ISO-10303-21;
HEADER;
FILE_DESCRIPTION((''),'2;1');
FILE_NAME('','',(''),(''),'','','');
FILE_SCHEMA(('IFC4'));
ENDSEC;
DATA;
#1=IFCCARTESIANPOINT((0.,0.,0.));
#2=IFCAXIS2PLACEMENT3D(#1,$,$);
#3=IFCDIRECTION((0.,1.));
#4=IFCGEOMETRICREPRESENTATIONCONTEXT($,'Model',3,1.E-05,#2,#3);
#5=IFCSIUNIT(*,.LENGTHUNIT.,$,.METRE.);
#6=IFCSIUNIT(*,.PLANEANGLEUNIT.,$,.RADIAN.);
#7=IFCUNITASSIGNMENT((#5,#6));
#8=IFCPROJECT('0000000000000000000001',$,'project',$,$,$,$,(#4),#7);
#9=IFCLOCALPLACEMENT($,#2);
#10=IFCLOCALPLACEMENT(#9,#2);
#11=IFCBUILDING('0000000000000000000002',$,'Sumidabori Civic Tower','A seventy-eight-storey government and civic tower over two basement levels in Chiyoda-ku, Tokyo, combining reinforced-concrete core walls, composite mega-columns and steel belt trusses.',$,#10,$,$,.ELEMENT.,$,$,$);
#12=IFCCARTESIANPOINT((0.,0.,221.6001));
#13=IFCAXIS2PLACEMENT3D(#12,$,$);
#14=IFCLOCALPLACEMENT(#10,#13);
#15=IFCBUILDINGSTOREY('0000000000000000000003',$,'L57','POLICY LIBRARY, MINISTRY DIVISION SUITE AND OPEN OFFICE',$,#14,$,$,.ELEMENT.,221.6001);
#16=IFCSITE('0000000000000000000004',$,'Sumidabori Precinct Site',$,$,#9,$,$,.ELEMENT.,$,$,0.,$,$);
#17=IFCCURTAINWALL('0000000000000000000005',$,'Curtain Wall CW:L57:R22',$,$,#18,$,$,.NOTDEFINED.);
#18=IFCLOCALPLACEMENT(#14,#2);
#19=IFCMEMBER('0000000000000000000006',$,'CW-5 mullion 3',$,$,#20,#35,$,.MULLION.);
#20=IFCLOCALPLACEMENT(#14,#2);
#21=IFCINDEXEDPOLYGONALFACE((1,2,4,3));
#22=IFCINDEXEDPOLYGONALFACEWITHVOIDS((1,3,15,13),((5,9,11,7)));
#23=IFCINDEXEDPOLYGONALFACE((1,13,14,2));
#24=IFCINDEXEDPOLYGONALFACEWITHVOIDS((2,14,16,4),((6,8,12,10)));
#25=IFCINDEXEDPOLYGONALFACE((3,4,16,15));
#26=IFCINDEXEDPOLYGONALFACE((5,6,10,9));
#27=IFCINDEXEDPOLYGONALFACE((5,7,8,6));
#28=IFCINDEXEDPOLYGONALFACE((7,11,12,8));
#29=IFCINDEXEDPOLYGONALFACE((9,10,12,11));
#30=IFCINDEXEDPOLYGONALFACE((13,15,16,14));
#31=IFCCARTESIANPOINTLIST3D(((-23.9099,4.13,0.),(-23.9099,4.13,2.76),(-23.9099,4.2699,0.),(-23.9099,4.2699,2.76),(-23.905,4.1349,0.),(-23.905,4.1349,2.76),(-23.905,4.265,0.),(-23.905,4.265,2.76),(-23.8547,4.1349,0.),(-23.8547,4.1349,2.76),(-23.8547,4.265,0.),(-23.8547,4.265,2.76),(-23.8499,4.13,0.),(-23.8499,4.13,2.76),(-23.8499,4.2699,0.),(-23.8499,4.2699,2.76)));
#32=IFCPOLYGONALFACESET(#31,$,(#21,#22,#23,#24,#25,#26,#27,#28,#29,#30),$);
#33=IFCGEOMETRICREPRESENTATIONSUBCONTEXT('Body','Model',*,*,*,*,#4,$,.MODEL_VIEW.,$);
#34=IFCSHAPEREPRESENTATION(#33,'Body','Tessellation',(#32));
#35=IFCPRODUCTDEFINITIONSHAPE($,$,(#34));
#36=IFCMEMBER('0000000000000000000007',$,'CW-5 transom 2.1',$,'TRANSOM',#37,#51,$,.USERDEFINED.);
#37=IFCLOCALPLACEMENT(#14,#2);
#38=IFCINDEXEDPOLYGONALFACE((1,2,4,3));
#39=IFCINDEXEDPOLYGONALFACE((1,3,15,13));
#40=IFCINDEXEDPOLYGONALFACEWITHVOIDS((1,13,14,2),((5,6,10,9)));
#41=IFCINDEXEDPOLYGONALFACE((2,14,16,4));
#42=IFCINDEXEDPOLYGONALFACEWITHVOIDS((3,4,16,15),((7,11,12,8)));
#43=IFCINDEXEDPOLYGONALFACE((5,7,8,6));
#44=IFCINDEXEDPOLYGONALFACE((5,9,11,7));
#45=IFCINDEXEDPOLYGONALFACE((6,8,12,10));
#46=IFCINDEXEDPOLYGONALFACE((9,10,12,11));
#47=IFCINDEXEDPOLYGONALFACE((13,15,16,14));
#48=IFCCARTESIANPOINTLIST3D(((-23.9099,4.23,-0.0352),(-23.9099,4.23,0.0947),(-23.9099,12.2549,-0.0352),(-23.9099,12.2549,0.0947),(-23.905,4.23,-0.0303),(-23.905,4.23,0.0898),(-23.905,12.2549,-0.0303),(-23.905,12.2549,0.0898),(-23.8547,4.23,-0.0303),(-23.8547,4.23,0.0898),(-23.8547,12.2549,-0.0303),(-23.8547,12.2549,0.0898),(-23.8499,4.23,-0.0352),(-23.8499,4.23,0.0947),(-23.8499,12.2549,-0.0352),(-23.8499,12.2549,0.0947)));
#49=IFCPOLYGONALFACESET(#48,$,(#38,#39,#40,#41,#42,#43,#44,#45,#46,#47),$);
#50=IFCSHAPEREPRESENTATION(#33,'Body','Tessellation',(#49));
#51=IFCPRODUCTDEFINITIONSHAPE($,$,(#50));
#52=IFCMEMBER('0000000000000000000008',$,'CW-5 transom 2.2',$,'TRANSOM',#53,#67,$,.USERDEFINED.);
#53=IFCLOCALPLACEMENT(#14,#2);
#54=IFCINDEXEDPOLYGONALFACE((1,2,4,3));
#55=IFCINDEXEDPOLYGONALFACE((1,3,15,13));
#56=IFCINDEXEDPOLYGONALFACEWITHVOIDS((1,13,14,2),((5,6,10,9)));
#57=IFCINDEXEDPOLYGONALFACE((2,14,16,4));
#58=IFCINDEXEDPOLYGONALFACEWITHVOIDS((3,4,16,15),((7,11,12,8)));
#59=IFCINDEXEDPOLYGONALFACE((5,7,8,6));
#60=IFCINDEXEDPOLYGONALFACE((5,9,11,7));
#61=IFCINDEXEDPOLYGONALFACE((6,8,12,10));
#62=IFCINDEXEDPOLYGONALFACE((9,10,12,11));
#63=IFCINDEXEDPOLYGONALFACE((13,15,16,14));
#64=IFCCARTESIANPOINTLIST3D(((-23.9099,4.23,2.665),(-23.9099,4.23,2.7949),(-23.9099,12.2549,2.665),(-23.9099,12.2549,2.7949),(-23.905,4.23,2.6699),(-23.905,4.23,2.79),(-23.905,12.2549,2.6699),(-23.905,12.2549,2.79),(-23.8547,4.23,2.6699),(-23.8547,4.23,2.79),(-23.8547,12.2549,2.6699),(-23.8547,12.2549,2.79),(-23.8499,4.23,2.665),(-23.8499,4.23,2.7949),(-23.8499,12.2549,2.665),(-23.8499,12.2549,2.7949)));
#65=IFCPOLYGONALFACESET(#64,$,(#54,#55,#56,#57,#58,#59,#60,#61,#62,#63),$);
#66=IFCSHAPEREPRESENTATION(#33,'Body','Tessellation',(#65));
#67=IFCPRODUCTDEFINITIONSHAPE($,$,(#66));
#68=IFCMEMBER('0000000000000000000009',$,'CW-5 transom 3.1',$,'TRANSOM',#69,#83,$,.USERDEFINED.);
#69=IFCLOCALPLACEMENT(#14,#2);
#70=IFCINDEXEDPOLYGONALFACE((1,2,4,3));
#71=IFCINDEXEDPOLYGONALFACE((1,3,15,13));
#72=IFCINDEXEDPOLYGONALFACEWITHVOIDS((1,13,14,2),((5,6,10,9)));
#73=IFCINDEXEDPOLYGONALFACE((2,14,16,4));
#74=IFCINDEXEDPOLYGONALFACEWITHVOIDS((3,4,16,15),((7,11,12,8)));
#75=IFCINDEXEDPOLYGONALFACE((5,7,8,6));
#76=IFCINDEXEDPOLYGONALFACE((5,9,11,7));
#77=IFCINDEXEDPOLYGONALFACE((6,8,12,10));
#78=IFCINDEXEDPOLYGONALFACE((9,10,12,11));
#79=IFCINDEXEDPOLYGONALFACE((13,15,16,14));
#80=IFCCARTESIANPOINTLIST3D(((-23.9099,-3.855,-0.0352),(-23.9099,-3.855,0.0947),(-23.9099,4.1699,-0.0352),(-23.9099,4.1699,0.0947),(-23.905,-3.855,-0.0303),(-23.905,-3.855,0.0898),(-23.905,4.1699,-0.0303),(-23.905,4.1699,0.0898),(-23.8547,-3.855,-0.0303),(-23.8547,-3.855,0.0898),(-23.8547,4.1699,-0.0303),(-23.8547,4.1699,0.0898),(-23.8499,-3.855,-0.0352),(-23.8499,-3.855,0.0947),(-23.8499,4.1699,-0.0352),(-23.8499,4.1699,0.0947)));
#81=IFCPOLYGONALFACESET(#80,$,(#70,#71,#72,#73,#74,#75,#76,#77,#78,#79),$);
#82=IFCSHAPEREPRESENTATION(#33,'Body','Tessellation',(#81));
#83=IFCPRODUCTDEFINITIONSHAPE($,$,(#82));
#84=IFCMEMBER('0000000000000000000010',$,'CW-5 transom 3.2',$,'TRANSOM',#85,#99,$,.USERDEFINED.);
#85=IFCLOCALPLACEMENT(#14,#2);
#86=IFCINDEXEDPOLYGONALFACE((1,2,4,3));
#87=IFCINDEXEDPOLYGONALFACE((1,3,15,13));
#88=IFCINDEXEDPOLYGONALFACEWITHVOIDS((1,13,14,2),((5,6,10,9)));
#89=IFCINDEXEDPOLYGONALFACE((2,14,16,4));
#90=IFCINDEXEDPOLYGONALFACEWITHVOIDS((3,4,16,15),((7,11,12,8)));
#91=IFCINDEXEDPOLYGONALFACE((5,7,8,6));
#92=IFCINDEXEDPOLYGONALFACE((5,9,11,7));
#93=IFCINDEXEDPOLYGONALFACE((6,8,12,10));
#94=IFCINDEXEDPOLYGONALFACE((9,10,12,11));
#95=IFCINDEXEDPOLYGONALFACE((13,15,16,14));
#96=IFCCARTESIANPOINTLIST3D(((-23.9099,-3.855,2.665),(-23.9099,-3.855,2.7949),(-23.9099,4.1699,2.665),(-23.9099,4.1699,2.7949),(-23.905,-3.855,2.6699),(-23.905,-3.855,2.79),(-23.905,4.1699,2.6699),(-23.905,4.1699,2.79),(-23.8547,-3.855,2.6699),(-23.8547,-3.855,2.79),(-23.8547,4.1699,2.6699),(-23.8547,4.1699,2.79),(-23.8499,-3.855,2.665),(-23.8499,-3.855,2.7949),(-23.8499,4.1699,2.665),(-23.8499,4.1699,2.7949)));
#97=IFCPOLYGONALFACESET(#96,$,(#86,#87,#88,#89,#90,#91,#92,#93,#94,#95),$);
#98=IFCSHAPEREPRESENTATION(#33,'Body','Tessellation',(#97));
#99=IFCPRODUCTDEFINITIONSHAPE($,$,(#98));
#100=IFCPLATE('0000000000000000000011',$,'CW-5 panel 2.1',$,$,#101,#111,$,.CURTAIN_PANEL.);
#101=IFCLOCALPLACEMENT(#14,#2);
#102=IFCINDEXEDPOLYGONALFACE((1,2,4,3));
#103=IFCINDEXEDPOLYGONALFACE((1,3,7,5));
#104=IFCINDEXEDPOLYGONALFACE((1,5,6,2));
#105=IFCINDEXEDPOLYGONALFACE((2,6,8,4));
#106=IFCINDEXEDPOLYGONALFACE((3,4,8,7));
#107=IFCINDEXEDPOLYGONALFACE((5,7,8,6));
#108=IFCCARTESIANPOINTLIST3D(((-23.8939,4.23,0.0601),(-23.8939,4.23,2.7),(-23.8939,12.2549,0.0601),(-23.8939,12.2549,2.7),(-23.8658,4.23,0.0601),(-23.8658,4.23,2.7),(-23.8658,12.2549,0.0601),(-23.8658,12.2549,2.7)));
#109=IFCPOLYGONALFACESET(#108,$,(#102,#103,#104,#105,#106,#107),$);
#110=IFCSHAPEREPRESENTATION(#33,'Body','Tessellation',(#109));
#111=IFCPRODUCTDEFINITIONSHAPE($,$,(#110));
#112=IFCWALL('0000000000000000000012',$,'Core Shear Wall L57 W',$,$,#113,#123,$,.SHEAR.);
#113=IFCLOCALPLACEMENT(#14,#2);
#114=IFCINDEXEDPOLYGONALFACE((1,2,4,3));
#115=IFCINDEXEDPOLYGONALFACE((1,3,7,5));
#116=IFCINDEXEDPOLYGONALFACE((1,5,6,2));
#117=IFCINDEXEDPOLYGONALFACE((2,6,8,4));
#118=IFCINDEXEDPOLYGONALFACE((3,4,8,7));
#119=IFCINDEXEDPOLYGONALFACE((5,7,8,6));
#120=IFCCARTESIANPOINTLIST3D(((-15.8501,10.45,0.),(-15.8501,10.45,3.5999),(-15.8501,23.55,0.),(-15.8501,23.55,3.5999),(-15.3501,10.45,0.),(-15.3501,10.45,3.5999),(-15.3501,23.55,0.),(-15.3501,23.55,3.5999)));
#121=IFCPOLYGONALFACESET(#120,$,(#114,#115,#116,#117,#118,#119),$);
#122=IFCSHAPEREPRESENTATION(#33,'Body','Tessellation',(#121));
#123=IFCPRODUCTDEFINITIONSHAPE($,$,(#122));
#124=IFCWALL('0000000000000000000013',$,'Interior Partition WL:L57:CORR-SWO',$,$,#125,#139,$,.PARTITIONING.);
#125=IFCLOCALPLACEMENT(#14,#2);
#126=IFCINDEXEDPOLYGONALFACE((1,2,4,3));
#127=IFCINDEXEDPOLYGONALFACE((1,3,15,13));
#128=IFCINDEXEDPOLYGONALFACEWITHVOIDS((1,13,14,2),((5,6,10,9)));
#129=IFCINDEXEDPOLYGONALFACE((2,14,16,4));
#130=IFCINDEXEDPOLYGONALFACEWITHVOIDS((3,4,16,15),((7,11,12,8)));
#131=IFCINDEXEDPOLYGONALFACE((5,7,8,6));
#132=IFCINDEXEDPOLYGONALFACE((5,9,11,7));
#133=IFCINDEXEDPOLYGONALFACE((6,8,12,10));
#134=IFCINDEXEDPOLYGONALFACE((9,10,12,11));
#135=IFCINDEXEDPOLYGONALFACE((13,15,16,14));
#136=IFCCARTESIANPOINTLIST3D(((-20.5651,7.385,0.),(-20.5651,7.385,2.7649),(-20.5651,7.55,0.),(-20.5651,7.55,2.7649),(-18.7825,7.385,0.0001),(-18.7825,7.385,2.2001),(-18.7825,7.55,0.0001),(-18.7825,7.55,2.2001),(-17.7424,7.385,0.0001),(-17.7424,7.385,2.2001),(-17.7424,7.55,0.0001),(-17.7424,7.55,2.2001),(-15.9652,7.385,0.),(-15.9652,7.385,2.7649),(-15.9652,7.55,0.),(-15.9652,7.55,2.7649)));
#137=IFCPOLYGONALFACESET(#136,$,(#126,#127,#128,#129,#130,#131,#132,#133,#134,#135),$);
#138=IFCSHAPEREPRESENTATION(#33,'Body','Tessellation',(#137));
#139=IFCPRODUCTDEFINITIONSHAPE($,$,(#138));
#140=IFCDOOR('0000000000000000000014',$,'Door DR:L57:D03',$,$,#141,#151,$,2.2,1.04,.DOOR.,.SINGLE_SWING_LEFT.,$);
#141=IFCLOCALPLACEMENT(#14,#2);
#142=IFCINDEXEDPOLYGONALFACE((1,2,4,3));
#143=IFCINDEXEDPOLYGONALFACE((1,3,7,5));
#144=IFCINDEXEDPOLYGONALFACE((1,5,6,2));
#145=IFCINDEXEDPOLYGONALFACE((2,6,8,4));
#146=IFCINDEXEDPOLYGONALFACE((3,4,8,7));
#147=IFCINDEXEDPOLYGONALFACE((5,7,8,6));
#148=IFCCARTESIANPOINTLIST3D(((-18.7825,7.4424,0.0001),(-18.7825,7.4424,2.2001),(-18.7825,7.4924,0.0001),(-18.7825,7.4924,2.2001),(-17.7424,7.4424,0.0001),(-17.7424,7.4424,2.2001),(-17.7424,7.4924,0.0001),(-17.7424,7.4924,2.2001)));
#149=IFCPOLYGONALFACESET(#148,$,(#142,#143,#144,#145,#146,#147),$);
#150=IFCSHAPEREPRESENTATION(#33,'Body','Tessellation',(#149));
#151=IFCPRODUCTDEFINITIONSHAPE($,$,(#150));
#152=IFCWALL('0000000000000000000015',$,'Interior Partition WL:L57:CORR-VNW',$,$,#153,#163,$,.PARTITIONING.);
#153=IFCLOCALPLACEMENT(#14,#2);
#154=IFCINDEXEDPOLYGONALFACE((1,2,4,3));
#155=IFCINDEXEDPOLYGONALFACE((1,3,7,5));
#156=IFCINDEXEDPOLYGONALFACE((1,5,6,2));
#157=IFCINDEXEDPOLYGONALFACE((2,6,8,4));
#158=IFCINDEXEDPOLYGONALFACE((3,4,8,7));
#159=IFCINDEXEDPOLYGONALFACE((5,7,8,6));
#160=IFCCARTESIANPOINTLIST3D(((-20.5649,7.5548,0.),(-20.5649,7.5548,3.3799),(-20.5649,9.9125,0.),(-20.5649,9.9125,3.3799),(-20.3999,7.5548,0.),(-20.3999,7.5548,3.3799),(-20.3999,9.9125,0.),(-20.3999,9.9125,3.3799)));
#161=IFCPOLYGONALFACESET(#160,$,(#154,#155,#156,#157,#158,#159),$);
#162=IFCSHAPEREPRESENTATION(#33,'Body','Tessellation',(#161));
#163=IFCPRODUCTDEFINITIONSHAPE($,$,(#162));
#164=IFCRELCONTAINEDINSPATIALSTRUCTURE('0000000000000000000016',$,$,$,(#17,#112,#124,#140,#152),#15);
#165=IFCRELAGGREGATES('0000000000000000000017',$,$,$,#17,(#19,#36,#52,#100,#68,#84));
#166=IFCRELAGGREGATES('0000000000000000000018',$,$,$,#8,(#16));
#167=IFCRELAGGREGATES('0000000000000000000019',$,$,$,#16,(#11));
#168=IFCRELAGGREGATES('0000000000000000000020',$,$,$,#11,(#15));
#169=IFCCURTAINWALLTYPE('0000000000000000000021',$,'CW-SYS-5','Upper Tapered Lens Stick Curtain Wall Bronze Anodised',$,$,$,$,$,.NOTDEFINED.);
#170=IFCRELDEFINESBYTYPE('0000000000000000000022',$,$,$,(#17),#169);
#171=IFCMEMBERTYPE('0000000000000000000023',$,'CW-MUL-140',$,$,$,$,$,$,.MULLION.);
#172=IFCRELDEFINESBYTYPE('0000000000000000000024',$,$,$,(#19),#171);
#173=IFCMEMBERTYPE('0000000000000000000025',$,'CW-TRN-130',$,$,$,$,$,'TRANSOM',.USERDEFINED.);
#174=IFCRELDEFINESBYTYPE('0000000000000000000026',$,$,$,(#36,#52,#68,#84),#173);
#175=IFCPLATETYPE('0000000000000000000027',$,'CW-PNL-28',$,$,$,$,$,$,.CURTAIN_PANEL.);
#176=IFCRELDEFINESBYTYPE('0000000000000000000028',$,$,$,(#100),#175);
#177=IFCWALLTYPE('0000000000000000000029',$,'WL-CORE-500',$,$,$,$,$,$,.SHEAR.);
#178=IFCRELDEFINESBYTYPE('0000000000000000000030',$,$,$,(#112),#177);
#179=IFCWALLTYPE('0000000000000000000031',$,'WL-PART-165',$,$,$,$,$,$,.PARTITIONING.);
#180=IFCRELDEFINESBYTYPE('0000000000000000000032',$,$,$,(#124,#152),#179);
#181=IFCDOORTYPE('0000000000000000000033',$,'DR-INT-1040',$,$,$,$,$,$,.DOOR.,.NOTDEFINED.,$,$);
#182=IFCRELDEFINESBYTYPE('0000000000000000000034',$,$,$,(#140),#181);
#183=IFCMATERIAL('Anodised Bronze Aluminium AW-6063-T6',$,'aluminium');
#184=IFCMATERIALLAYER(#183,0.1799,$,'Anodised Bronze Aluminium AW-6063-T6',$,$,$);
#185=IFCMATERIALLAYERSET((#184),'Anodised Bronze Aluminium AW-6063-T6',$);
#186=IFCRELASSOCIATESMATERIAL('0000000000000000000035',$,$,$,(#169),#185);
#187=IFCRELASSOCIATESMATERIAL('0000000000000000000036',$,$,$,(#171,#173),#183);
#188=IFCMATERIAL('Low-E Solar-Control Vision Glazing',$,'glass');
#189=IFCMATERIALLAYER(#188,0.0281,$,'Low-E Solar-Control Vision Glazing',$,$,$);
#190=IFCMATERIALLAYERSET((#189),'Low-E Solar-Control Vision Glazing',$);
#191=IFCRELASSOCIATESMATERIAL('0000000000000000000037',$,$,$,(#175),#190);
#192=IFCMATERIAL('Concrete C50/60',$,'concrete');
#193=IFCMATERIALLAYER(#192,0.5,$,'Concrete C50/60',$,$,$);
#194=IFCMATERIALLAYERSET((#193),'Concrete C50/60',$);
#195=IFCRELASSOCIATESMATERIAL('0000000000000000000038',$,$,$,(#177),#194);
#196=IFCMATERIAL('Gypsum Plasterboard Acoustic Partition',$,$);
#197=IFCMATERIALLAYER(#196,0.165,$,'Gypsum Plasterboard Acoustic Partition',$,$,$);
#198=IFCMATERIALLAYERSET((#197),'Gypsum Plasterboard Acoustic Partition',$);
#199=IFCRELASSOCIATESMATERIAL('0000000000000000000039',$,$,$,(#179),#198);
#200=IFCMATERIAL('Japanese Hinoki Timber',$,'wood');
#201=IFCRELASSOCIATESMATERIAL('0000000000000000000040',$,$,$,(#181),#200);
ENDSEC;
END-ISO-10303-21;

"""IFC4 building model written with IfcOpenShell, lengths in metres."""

from ifc_helpers import new_model, si_unit, direction, frame, frame_2d, origin, origin_2d, place, context, subcontext, project, spatial, rectangle, hollow_rectangle, extrude, source, transform, mapped, material, layer, layer_set, material_profile, profile_set, type_object, element, fill, aggregate, save


model = new_model("IFC4")

# Units and contexts
model_context = context("Model", 3, precision=1e-05, world=origin(), true_north=direction((0.0, 1.0)))
body_context = subcontext(model_context, "Body", "Model", "MODEL_VIEW")
ifc_project = project(units=[si_unit("LENGTHUNIT", "METRE"), si_unit("PLANEANGLEUNIT", "RADIAN")], contexts=[model_context])

# Site, building, storey
site_placement = place(None, origin())
site = spatial("IfcSite", under=ifc_project, at=site_placement, Name="Sumidabori Precinct Site", CompositionType="ELEMENT", RefElevation=0.0)
building_placement = place(site_placement, origin())
building = spatial("IfcBuilding", under=site, at=building_placement, Name="Sumidabori Civic Tower", Description="A seventy-eight-storey government and civic tower over two basement levels in Chiyoda-ku, Tokyo, combining reinforced-concrete core walls, composite mega-columns and steel belt trusses.", CompositionType="ELEMENT")
storey_placement = place(building_placement, frame((0.0, 0.0, 221.6001)))
storey = spatial("IfcBuildingStorey", under=building, at=storey_placement, Name="L57", Description="POLICY LIBRARY, MINISTRY DIVISION SUITE AND OPEN OFFICE", CompositionType="ELEMENT", Elevation=221.6001)

# Curtain wall, members, plate
ifc_material_1 = material(Name="Anodised Bronze Aluminium AW-6063-T6", Category="aluminium")
ifc_layer_1 = layer(ifc_material_1, 0.1799, Name="Anodised Bronze Aluminium AW-6063-T6")
ifc_layer_set_1 = layer_set([ifc_layer_1], Name="Anodised Bronze Aluminium AW-6063-T6")
curtain_wall_type = type_object("IfcCurtainWallType", Name="CW-SYS-5", Description="Upper Tapered Lens Stick Curtain Wall Bronze Anodised", PredefinedType="NOTDEFINED", material=ifc_layer_set_1)
curtain_wall_placement = place(storey_placement, origin())
curtain_wall = element("IfcCurtainWall", 1, at=curtain_wall_placement, inside=storey, type_object=curtain_wall_type, Name="Curtain Wall CW:L57:R22", PredefinedType="NOTDEFINED")
ifc_material_profile_1 = material_profile(ifc_material_1, hollow_rectangle(XDim=0.0601, YDim=0.1399, WallThickness=0.0049, at=origin_2d()), Name="ALU MULLION 140x60")
ifc_profile_set_1 = profile_set([ifc_material_profile_1], Name="Anodised Bronze Aluminium AW-6063-T6")
member_type_1 = type_object("IfcMemberType", Name="CW-MUL-140", PredefinedType="MULLION", material=ifc_profile_set_1)
shared_shape_1 = source(origin(), body_context, "Body", "SweptSolid", [
    extrude(hollow_rectangle(XDim=0.0601, YDim=0.1399, WallThickness=0.0049, at=origin_2d()), origin(), (0.0, 0.0, 1.0), 2.76),
])
member_1_placement = place(storey_placement, frame((-23.8799, 4.2, 0.0), z_axis=(0.0, 0.0, 1.0), x_axis=(1.0, 0.0, 0.0)))
member_1 = element("IfcMember", 2, at=member_1_placement, type_object=member_type_1, Name="CW-5 mullion 3", PredefinedType="MULLION", context=body_context, shape_type="MappedRepresentation", body=[
    mapped(shared_shape_1, transform((0.0, 0.0, 0.0), x_axis=(1.0, 0.0, 0.0), y_axis=(0.0, 1.0, 0.0), z_axis=(0.0, 0.0, 1.0), scale=1.0)),
])
ifc_material_profile_2 = material_profile(ifc_material_1, hollow_rectangle(XDim=0.0601, YDim=0.1299, WallThickness=0.0049, at=origin_2d()), Name="ALU TRANSOM 130x60")
ifc_profile_set_2 = profile_set([ifc_material_profile_2], Name="Anodised Bronze Aluminium AW-6063-T6")
member_type_2 = type_object("IfcMemberType", Name="CW-TRN-130", ElementType="TRANSOM", PredefinedType="USERDEFINED", material=ifc_profile_set_2)
shared_shape_2 = source(origin(), body_context, "Body", "SweptSolid", [
    extrude(hollow_rectangle(XDim=0.0601, YDim=0.1299, WallThickness=0.0049, at=origin_2d()), origin(), (0.0, 0.0, 1.0), 8.0249),
])
member_2_placement = place(storey_placement, frame((-23.8799, 12.2549, 0.0298), z_axis=(0.0, -1.0, 0.0), x_axis=(1.0, 0.0, 0.0)))
member_2 = element("IfcMember", 3, at=member_2_placement, type_object=member_type_2, Name="CW-5 transom 2.1", ObjectType="TRANSOM", PredefinedType="USERDEFINED", context=body_context, shape_type="MappedRepresentation", body=[
    mapped(shared_shape_2, transform((0.0, 0.0, 0.0), x_axis=(1.0, 0.0, 0.0), y_axis=(0.0, 1.0, 0.0), z_axis=(0.0, 0.0, 1.0), scale=1.0)),
])
member_3_placement = place(storey_placement, frame((-23.8799, 12.2549, 2.73), z_axis=(0.0, -1.0, 0.0), x_axis=(1.0, 0.0, 0.0)))
member_3 = element("IfcMember", 4, at=member_3_placement, type_object=member_type_2, Name="CW-5 transom 2.2", ObjectType="TRANSOM", PredefinedType="USERDEFINED", context=body_context, shape_type="MappedRepresentation", body=[
    mapped(shared_shape_2, transform((0.0, 0.0, 0.0), x_axis=(1.0, 0.0, 0.0), y_axis=(0.0, 1.0, 0.0), z_axis=(0.0, 0.0, 1.0), scale=1.0)),
])
member_4_placement = place(storey_placement, frame((-23.8799, 4.1699, 0.0298), z_axis=(0.0, -1.0, 0.0), x_axis=(1.0, 0.0, 0.0)))
member_4 = element("IfcMember", 5, at=member_4_placement, type_object=member_type_2, Name="CW-5 transom 3.1", ObjectType="TRANSOM", PredefinedType="USERDEFINED", context=body_context, shape_type="MappedRepresentation", body=[
    mapped(shared_shape_2, transform((0.0, 0.0, 0.0), x_axis=(1.0, 0.0, 0.0), y_axis=(0.0, 1.0, 0.0), z_axis=(0.0, 0.0, 1.0), scale=1.0)),
])
member_5_placement = place(storey_placement, frame((-23.8799, 4.1699, 2.73), z_axis=(0.0, -1.0, 0.0), x_axis=(1.0, 0.0, 0.0)))
member_5 = element("IfcMember", 6, at=member_5_placement, type_object=member_type_2, Name="CW-5 transom 3.2", ObjectType="TRANSOM", PredefinedType="USERDEFINED", context=body_context, shape_type="MappedRepresentation", body=[
    mapped(shared_shape_2, transform((0.0, 0.0, 0.0), x_axis=(1.0, 0.0, 0.0), y_axis=(0.0, 1.0, 0.0), z_axis=(0.0, 0.0, 1.0), scale=1.0)),
])
ifc_material_2 = material(Name="Low-E Solar-Control Vision Glazing", Category="glass")
ifc_layer_2 = layer(ifc_material_2, 0.0281, Name="Low-E Solar-Control Vision Glazing")
ifc_layer_set_2 = layer_set([ifc_layer_2], Name="Low-E Solar-Control Vision Glazing")
plate_type = type_object("IfcPlateType", Name="CW-PNL-28", PredefinedType="CURTAIN_PANEL", material=ifc_layer_set_2)
shared_shape_3 = source(origin(), body_context, "Body", "SweptSolid", [
    extrude(rectangle(XDim=8.0249, YDim=0.0281, at=origin_2d()), origin(), (0.0, 0.0, 1.0), 2.6399),
])
plate_placement = place(storey_placement, frame((-23.8799, 8.2424, 0.0601), z_axis=(0.0, 0.0, 1.0), x_axis=(0.0, -1.0, 0.0)))
plate = element("IfcPlate", 7, at=plate_placement, type_object=plate_type, Name="CW-5 panel 2.1", PredefinedType="CURTAIN_PANEL", context=body_context, shape_type="MappedRepresentation", body=[
    mapped(shared_shape_3, transform((0.0, 0.0, 0.0), x_axis=(1.0, 0.0, 0.0), y_axis=(0.0, 1.0, 0.0), z_axis=(0.0, 0.0, 1.0), scale=1.0)),
])
aggregate(curtain_wall, [member_1, member_2, member_3, plate, member_4, member_5])

# Shared definitions
ifc_material_3 = material(Name="Concrete C50/60", Category="concrete")
ifc_layer_3 = layer(ifc_material_3, 0.5, Name="Concrete C50/60")
ifc_layer_set_3 = layer_set([ifc_layer_3], Name="Concrete C50/60")
wall_type_1 = type_object("IfcWallType", Name="WL-CORE-500", PredefinedType="SHEAR", material=ifc_layer_set_3)

# Wall
shared_shape_4 = source(origin(), body_context, "Body", "SweptSolid", [
    extrude(rectangle(XDim=13.1001, YDim=0.5, at=frame_2d((6.55, 0.0))), origin(), (0.0, 0.0, 1.0), 3.5999),
])
wall_1_placement = place(storey_placement, frame((-15.6001, 10.45, 0.0), z_axis=(0.0, 0.0, 1.0), x_axis=(0.0, 1.0, 0.0)))
element("IfcWall", 8, at=wall_1_placement, inside=storey, type_object=wall_type_1, Name="Core Shear Wall L57 W", PredefinedType="SHEAR", context=body_context, shape_type="MappedRepresentation", body=[
    mapped(shared_shape_4, transform((0.0, 0.0, 0.0), x_axis=(1.0, 0.0, 0.0), y_axis=(0.0, 1.0, 0.0), z_axis=(0.0, 0.0, 1.0), scale=1.0)),
])

# Wall, opening, door
ifc_material_4 = material(Name="Gypsum Plasterboard Acoustic Partition")
ifc_layer_4 = layer(ifc_material_4, 0.165, Name="Gypsum Plasterboard Acoustic Partition")
ifc_layer_set_4 = layer_set([ifc_layer_4], Name="Gypsum Plasterboard Acoustic Partition")
wall_type_2 = type_object("IfcWallType", Name="WL-PART-165", PredefinedType="PARTITIONING", material=ifc_layer_set_4)
shared_shape_5 = source(origin(), body_context, "Body", "SweptSolid", [
    extrude(rectangle(XDim=4.5999, YDim=0.165, at=frame_2d((2.2998, 0.0))), origin(), (0.0, 0.0, 1.0), 2.7649),
])
wall_2_placement = place(storey_placement, frame((-20.5649, 7.4675, 0.0), z_axis=(0.0, 0.0, 1.0), x_axis=(1.0, 0.0, 0.0)))
wall_2 = element("IfcWall", 9, at=wall_2_placement, inside=storey, type_object=wall_type_2, Name="Interior Partition WL:L57:CORR-SWO", PredefinedType="PARTITIONING", context=body_context, shape_type="MappedRepresentation", body=[
    mapped(shared_shape_5, transform((0.0, 0.0, 0.0), x_axis=(1.0, 0.0, 0.0), y_axis=(0.0, 1.0, 0.0), z_axis=(0.0, 0.0, 1.0), scale=1.0)),
])
opening_1_placement = place(wall_2_placement, frame((1.7825, 0.0, 0.0)))
opening_1 = element("IfcOpeningElement", 10, at=opening_1_placement, cuts=wall_2, PredefinedType="OPENING", context=body_context, shape_type="SweptSolid", body=[
    extrude(rectangle(XDim=1.04, YDim=2.2, at=frame_2d((0.52, 1.1001))), frame((0.0, 0.0945, 0.0), z_axis=(0.0, -1.0, 0.0), x_axis=(1.0, 0.0, 0.0)), (0.0, 0.0, 1.0), 0.189),
])
ifc_material_5 = material(Name="Japanese Hinoki Timber", Category="wood")
door_type_1 = type_object("IfcDoorType", Name="DR-INT-1040", OperationType="NOTDEFINED", PredefinedType="DOOR", material=ifc_material_5)
shared_shape_6 = source(origin(), body_context, "Body", "SweptSolid", [
    extrude(rectangle(XDim=1.04, YDim=2.2, at=frame_2d((0.52, 1.1001))), frame((0.0, 0.0249, 0.0), z_axis=(0.0, -1.0, 0.0), x_axis=(1.0, 0.0, 0.0)), (0.0, 0.0, 1.0), 0.05),
])
door_1_placement = place(opening_1_placement, origin())
door_1 = element("IfcDoor", 11, at=door_1_placement, inside=storey, type_object=door_type_1, Name="Door DR:L57:D03", OperationType="SINGLE_SWING_LEFT", OverallHeight=2.2, OverallWidth=1.04, PredefinedType="DOOR", context=body_context, shape_type="MappedRepresentation", body=[
    mapped(shared_shape_6, transform((0.0, 0.0, 0.0), x_axis=(1.0, 0.0, 0.0), y_axis=(0.0, 1.0, 0.0), z_axis=(0.0, 0.0, 1.0), scale=1.0)),
])
fill(opening_1, door_1)

# Wall
shared_shape_7 = source(origin(), body_context, "Body", "SweptSolid", [
    extrude(rectangle(XDim=2.3577, YDim=0.165, at=frame_2d((1.1787, 0.0))), origin(), (0.0, 0.0, 1.0), 3.3799),
])
wall_3_placement = place(storey_placement, frame((-20.4824, 7.5549, 0.0), z_axis=(0.0, 0.0, 1.0), x_axis=(0.0, 1.0, 0.0)))
element("IfcWall", 12, at=wall_3_placement, inside=storey, type_object=wall_type_2, Name="Interior Partition WL:L57:CORR-VNW", PredefinedType="PARTITIONING", context=body_context, shape_type="MappedRepresentation", body=[
    mapped(shared_shape_7, transform((0.0, 0.0, 0.0), x_axis=(1.0, 0.0, 0.0), y_axis=(0.0, 1.0, 0.0), z_axis=(0.0, 0.0, 1.0), scale=1.0)),
])

save(model, "model.ifc")
